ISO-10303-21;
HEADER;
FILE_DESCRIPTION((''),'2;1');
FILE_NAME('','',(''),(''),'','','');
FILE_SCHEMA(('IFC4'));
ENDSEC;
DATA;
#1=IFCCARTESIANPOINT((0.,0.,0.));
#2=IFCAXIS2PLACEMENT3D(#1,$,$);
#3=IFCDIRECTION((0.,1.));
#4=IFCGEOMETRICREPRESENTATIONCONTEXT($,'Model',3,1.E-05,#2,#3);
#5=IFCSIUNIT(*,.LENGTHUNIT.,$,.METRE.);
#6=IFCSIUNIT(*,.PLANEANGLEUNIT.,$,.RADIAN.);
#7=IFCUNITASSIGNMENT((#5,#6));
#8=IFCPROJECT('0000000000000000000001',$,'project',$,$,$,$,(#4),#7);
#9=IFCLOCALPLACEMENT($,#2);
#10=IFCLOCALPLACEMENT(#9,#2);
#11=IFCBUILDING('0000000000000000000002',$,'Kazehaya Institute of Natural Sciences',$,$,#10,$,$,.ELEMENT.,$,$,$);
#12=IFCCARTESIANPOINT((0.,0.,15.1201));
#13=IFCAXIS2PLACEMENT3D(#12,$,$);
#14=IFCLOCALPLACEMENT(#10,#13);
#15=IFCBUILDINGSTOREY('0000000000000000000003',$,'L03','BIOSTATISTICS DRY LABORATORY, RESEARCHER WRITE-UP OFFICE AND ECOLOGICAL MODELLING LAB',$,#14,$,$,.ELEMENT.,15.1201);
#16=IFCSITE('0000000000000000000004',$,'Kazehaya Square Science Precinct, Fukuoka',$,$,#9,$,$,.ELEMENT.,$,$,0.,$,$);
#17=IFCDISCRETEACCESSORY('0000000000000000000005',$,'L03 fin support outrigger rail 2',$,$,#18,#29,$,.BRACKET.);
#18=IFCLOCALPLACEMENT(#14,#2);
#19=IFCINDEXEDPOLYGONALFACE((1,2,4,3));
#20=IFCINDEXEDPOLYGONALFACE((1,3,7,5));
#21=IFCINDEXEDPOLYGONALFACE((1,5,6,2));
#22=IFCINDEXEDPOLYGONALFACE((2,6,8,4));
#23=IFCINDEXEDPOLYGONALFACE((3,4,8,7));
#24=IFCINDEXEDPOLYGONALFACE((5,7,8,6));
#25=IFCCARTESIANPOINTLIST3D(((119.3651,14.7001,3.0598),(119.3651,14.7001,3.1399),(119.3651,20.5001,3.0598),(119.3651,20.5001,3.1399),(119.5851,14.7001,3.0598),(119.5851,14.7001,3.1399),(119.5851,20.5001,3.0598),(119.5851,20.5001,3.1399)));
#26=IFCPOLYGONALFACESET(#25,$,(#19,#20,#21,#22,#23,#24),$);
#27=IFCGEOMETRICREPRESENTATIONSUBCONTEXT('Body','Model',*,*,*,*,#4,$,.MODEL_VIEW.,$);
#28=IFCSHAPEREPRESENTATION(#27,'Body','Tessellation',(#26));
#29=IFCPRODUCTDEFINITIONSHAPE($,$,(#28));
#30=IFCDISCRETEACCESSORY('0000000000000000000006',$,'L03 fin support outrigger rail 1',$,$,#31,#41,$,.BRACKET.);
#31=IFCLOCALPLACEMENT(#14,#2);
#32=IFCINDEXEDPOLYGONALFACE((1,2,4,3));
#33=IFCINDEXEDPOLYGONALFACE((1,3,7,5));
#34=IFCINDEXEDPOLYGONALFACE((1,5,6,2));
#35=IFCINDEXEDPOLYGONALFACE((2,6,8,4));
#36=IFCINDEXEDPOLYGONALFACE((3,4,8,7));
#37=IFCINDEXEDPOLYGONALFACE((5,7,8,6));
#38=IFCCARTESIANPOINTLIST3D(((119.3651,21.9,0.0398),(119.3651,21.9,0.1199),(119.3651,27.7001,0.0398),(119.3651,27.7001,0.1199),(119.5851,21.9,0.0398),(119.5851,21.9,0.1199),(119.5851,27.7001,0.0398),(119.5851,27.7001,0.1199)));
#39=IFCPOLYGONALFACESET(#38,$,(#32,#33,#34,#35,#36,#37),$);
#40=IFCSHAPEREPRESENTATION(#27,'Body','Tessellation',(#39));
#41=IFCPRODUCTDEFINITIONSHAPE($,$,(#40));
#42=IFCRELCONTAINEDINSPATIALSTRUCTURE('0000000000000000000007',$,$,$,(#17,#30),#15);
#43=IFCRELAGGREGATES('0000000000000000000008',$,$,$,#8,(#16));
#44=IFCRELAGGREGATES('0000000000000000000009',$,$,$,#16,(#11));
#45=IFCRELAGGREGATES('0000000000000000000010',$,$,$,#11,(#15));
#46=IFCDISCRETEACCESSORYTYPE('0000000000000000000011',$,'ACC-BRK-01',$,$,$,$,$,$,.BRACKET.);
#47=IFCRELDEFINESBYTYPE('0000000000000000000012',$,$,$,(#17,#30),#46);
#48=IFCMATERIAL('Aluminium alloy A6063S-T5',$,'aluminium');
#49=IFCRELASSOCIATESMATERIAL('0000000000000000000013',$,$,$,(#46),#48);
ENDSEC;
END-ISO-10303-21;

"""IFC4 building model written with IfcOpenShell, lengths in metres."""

from ifc_helpers import new_model, si_unit, direction, frame, origin, origin_2d, place, context, subcontext, project, spatial, rectangle, extrude, material, type_object, element, save


model = new_model("IFC4")

# Units and contexts
model_context = context("Model", 3, precision=1e-05, world=origin(), true_north=direction((0.0, 1.0)))
body_context = subcontext(model_context, "Body", "Model", "MODEL_VIEW")
ifc_project = project(units=[si_unit("LENGTHUNIT", "METRE"), si_unit("PLANEANGLEUNIT", "RADIAN")], contexts=[model_context])

# Site, building, storey
site_placement = place(None, origin())
site = spatial("IfcSite", under=ifc_project, at=site_placement, Name="Kazehaya Square Science Precinct, Fukuoka", CompositionType="ELEMENT", RefElevation=0.0)
building_placement = place(site_placement, origin())
building = spatial("IfcBuilding", under=site, at=building_placement, Name="Kazehaya Institute of Natural Sciences", CompositionType="ELEMENT")
storey_placement = place(building_placement, frame((0.0, 0.0, 15.1201)))
storey = spatial("IfcBuildingStorey", under=building, at=storey_placement, Name="L03", Description="BIOSTATISTICS DRY LABORATORY, RESEARCHER WRITE-UP OFFICE AND ECOLOGICAL MODELLING LAB", CompositionType="ELEMENT", Elevation=15.1201)

# Shared definitions
ifc_material_1 = material(Name="Aluminium alloy A6063S-T5", Category="aluminium")

# Discrete accessories
discrete_accessory_type = type_object("IfcDiscreteAccessoryType", Name="ACC-BRK-01", PredefinedType="BRACKET", material=ifc_material_1)
for number, where, z_axis, x_axis, name in (
    (1, (119.4751, 17.6001, 3.0598), (0.0, 0.0, 1.0), (0.0, -1.0, 0.0), "L03 fin support outrigger rail 2"),
    (2, (119.4751, 24.8, 0.0398), (0.0, 0.0, 1.0), (0.0, -1.0, 0.0), "L03 fin support outrigger rail 1"),
):
    element("IfcDiscreteAccessory", number, at=place(storey_placement, frame(where, z_axis=z_axis, x_axis=x_axis)), inside=storey, type_object=discrete_accessory_type, Name=name, PredefinedType="BRACKET", context=body_context, shape_type="SweptSolid", body=[
        extrude(rectangle(XDim=5.8, YDim=0.22, at=origin_2d()), origin(), (0.0, 0.0, 1.0), 0.0801),
    ])

save(model, "model.ifc")
